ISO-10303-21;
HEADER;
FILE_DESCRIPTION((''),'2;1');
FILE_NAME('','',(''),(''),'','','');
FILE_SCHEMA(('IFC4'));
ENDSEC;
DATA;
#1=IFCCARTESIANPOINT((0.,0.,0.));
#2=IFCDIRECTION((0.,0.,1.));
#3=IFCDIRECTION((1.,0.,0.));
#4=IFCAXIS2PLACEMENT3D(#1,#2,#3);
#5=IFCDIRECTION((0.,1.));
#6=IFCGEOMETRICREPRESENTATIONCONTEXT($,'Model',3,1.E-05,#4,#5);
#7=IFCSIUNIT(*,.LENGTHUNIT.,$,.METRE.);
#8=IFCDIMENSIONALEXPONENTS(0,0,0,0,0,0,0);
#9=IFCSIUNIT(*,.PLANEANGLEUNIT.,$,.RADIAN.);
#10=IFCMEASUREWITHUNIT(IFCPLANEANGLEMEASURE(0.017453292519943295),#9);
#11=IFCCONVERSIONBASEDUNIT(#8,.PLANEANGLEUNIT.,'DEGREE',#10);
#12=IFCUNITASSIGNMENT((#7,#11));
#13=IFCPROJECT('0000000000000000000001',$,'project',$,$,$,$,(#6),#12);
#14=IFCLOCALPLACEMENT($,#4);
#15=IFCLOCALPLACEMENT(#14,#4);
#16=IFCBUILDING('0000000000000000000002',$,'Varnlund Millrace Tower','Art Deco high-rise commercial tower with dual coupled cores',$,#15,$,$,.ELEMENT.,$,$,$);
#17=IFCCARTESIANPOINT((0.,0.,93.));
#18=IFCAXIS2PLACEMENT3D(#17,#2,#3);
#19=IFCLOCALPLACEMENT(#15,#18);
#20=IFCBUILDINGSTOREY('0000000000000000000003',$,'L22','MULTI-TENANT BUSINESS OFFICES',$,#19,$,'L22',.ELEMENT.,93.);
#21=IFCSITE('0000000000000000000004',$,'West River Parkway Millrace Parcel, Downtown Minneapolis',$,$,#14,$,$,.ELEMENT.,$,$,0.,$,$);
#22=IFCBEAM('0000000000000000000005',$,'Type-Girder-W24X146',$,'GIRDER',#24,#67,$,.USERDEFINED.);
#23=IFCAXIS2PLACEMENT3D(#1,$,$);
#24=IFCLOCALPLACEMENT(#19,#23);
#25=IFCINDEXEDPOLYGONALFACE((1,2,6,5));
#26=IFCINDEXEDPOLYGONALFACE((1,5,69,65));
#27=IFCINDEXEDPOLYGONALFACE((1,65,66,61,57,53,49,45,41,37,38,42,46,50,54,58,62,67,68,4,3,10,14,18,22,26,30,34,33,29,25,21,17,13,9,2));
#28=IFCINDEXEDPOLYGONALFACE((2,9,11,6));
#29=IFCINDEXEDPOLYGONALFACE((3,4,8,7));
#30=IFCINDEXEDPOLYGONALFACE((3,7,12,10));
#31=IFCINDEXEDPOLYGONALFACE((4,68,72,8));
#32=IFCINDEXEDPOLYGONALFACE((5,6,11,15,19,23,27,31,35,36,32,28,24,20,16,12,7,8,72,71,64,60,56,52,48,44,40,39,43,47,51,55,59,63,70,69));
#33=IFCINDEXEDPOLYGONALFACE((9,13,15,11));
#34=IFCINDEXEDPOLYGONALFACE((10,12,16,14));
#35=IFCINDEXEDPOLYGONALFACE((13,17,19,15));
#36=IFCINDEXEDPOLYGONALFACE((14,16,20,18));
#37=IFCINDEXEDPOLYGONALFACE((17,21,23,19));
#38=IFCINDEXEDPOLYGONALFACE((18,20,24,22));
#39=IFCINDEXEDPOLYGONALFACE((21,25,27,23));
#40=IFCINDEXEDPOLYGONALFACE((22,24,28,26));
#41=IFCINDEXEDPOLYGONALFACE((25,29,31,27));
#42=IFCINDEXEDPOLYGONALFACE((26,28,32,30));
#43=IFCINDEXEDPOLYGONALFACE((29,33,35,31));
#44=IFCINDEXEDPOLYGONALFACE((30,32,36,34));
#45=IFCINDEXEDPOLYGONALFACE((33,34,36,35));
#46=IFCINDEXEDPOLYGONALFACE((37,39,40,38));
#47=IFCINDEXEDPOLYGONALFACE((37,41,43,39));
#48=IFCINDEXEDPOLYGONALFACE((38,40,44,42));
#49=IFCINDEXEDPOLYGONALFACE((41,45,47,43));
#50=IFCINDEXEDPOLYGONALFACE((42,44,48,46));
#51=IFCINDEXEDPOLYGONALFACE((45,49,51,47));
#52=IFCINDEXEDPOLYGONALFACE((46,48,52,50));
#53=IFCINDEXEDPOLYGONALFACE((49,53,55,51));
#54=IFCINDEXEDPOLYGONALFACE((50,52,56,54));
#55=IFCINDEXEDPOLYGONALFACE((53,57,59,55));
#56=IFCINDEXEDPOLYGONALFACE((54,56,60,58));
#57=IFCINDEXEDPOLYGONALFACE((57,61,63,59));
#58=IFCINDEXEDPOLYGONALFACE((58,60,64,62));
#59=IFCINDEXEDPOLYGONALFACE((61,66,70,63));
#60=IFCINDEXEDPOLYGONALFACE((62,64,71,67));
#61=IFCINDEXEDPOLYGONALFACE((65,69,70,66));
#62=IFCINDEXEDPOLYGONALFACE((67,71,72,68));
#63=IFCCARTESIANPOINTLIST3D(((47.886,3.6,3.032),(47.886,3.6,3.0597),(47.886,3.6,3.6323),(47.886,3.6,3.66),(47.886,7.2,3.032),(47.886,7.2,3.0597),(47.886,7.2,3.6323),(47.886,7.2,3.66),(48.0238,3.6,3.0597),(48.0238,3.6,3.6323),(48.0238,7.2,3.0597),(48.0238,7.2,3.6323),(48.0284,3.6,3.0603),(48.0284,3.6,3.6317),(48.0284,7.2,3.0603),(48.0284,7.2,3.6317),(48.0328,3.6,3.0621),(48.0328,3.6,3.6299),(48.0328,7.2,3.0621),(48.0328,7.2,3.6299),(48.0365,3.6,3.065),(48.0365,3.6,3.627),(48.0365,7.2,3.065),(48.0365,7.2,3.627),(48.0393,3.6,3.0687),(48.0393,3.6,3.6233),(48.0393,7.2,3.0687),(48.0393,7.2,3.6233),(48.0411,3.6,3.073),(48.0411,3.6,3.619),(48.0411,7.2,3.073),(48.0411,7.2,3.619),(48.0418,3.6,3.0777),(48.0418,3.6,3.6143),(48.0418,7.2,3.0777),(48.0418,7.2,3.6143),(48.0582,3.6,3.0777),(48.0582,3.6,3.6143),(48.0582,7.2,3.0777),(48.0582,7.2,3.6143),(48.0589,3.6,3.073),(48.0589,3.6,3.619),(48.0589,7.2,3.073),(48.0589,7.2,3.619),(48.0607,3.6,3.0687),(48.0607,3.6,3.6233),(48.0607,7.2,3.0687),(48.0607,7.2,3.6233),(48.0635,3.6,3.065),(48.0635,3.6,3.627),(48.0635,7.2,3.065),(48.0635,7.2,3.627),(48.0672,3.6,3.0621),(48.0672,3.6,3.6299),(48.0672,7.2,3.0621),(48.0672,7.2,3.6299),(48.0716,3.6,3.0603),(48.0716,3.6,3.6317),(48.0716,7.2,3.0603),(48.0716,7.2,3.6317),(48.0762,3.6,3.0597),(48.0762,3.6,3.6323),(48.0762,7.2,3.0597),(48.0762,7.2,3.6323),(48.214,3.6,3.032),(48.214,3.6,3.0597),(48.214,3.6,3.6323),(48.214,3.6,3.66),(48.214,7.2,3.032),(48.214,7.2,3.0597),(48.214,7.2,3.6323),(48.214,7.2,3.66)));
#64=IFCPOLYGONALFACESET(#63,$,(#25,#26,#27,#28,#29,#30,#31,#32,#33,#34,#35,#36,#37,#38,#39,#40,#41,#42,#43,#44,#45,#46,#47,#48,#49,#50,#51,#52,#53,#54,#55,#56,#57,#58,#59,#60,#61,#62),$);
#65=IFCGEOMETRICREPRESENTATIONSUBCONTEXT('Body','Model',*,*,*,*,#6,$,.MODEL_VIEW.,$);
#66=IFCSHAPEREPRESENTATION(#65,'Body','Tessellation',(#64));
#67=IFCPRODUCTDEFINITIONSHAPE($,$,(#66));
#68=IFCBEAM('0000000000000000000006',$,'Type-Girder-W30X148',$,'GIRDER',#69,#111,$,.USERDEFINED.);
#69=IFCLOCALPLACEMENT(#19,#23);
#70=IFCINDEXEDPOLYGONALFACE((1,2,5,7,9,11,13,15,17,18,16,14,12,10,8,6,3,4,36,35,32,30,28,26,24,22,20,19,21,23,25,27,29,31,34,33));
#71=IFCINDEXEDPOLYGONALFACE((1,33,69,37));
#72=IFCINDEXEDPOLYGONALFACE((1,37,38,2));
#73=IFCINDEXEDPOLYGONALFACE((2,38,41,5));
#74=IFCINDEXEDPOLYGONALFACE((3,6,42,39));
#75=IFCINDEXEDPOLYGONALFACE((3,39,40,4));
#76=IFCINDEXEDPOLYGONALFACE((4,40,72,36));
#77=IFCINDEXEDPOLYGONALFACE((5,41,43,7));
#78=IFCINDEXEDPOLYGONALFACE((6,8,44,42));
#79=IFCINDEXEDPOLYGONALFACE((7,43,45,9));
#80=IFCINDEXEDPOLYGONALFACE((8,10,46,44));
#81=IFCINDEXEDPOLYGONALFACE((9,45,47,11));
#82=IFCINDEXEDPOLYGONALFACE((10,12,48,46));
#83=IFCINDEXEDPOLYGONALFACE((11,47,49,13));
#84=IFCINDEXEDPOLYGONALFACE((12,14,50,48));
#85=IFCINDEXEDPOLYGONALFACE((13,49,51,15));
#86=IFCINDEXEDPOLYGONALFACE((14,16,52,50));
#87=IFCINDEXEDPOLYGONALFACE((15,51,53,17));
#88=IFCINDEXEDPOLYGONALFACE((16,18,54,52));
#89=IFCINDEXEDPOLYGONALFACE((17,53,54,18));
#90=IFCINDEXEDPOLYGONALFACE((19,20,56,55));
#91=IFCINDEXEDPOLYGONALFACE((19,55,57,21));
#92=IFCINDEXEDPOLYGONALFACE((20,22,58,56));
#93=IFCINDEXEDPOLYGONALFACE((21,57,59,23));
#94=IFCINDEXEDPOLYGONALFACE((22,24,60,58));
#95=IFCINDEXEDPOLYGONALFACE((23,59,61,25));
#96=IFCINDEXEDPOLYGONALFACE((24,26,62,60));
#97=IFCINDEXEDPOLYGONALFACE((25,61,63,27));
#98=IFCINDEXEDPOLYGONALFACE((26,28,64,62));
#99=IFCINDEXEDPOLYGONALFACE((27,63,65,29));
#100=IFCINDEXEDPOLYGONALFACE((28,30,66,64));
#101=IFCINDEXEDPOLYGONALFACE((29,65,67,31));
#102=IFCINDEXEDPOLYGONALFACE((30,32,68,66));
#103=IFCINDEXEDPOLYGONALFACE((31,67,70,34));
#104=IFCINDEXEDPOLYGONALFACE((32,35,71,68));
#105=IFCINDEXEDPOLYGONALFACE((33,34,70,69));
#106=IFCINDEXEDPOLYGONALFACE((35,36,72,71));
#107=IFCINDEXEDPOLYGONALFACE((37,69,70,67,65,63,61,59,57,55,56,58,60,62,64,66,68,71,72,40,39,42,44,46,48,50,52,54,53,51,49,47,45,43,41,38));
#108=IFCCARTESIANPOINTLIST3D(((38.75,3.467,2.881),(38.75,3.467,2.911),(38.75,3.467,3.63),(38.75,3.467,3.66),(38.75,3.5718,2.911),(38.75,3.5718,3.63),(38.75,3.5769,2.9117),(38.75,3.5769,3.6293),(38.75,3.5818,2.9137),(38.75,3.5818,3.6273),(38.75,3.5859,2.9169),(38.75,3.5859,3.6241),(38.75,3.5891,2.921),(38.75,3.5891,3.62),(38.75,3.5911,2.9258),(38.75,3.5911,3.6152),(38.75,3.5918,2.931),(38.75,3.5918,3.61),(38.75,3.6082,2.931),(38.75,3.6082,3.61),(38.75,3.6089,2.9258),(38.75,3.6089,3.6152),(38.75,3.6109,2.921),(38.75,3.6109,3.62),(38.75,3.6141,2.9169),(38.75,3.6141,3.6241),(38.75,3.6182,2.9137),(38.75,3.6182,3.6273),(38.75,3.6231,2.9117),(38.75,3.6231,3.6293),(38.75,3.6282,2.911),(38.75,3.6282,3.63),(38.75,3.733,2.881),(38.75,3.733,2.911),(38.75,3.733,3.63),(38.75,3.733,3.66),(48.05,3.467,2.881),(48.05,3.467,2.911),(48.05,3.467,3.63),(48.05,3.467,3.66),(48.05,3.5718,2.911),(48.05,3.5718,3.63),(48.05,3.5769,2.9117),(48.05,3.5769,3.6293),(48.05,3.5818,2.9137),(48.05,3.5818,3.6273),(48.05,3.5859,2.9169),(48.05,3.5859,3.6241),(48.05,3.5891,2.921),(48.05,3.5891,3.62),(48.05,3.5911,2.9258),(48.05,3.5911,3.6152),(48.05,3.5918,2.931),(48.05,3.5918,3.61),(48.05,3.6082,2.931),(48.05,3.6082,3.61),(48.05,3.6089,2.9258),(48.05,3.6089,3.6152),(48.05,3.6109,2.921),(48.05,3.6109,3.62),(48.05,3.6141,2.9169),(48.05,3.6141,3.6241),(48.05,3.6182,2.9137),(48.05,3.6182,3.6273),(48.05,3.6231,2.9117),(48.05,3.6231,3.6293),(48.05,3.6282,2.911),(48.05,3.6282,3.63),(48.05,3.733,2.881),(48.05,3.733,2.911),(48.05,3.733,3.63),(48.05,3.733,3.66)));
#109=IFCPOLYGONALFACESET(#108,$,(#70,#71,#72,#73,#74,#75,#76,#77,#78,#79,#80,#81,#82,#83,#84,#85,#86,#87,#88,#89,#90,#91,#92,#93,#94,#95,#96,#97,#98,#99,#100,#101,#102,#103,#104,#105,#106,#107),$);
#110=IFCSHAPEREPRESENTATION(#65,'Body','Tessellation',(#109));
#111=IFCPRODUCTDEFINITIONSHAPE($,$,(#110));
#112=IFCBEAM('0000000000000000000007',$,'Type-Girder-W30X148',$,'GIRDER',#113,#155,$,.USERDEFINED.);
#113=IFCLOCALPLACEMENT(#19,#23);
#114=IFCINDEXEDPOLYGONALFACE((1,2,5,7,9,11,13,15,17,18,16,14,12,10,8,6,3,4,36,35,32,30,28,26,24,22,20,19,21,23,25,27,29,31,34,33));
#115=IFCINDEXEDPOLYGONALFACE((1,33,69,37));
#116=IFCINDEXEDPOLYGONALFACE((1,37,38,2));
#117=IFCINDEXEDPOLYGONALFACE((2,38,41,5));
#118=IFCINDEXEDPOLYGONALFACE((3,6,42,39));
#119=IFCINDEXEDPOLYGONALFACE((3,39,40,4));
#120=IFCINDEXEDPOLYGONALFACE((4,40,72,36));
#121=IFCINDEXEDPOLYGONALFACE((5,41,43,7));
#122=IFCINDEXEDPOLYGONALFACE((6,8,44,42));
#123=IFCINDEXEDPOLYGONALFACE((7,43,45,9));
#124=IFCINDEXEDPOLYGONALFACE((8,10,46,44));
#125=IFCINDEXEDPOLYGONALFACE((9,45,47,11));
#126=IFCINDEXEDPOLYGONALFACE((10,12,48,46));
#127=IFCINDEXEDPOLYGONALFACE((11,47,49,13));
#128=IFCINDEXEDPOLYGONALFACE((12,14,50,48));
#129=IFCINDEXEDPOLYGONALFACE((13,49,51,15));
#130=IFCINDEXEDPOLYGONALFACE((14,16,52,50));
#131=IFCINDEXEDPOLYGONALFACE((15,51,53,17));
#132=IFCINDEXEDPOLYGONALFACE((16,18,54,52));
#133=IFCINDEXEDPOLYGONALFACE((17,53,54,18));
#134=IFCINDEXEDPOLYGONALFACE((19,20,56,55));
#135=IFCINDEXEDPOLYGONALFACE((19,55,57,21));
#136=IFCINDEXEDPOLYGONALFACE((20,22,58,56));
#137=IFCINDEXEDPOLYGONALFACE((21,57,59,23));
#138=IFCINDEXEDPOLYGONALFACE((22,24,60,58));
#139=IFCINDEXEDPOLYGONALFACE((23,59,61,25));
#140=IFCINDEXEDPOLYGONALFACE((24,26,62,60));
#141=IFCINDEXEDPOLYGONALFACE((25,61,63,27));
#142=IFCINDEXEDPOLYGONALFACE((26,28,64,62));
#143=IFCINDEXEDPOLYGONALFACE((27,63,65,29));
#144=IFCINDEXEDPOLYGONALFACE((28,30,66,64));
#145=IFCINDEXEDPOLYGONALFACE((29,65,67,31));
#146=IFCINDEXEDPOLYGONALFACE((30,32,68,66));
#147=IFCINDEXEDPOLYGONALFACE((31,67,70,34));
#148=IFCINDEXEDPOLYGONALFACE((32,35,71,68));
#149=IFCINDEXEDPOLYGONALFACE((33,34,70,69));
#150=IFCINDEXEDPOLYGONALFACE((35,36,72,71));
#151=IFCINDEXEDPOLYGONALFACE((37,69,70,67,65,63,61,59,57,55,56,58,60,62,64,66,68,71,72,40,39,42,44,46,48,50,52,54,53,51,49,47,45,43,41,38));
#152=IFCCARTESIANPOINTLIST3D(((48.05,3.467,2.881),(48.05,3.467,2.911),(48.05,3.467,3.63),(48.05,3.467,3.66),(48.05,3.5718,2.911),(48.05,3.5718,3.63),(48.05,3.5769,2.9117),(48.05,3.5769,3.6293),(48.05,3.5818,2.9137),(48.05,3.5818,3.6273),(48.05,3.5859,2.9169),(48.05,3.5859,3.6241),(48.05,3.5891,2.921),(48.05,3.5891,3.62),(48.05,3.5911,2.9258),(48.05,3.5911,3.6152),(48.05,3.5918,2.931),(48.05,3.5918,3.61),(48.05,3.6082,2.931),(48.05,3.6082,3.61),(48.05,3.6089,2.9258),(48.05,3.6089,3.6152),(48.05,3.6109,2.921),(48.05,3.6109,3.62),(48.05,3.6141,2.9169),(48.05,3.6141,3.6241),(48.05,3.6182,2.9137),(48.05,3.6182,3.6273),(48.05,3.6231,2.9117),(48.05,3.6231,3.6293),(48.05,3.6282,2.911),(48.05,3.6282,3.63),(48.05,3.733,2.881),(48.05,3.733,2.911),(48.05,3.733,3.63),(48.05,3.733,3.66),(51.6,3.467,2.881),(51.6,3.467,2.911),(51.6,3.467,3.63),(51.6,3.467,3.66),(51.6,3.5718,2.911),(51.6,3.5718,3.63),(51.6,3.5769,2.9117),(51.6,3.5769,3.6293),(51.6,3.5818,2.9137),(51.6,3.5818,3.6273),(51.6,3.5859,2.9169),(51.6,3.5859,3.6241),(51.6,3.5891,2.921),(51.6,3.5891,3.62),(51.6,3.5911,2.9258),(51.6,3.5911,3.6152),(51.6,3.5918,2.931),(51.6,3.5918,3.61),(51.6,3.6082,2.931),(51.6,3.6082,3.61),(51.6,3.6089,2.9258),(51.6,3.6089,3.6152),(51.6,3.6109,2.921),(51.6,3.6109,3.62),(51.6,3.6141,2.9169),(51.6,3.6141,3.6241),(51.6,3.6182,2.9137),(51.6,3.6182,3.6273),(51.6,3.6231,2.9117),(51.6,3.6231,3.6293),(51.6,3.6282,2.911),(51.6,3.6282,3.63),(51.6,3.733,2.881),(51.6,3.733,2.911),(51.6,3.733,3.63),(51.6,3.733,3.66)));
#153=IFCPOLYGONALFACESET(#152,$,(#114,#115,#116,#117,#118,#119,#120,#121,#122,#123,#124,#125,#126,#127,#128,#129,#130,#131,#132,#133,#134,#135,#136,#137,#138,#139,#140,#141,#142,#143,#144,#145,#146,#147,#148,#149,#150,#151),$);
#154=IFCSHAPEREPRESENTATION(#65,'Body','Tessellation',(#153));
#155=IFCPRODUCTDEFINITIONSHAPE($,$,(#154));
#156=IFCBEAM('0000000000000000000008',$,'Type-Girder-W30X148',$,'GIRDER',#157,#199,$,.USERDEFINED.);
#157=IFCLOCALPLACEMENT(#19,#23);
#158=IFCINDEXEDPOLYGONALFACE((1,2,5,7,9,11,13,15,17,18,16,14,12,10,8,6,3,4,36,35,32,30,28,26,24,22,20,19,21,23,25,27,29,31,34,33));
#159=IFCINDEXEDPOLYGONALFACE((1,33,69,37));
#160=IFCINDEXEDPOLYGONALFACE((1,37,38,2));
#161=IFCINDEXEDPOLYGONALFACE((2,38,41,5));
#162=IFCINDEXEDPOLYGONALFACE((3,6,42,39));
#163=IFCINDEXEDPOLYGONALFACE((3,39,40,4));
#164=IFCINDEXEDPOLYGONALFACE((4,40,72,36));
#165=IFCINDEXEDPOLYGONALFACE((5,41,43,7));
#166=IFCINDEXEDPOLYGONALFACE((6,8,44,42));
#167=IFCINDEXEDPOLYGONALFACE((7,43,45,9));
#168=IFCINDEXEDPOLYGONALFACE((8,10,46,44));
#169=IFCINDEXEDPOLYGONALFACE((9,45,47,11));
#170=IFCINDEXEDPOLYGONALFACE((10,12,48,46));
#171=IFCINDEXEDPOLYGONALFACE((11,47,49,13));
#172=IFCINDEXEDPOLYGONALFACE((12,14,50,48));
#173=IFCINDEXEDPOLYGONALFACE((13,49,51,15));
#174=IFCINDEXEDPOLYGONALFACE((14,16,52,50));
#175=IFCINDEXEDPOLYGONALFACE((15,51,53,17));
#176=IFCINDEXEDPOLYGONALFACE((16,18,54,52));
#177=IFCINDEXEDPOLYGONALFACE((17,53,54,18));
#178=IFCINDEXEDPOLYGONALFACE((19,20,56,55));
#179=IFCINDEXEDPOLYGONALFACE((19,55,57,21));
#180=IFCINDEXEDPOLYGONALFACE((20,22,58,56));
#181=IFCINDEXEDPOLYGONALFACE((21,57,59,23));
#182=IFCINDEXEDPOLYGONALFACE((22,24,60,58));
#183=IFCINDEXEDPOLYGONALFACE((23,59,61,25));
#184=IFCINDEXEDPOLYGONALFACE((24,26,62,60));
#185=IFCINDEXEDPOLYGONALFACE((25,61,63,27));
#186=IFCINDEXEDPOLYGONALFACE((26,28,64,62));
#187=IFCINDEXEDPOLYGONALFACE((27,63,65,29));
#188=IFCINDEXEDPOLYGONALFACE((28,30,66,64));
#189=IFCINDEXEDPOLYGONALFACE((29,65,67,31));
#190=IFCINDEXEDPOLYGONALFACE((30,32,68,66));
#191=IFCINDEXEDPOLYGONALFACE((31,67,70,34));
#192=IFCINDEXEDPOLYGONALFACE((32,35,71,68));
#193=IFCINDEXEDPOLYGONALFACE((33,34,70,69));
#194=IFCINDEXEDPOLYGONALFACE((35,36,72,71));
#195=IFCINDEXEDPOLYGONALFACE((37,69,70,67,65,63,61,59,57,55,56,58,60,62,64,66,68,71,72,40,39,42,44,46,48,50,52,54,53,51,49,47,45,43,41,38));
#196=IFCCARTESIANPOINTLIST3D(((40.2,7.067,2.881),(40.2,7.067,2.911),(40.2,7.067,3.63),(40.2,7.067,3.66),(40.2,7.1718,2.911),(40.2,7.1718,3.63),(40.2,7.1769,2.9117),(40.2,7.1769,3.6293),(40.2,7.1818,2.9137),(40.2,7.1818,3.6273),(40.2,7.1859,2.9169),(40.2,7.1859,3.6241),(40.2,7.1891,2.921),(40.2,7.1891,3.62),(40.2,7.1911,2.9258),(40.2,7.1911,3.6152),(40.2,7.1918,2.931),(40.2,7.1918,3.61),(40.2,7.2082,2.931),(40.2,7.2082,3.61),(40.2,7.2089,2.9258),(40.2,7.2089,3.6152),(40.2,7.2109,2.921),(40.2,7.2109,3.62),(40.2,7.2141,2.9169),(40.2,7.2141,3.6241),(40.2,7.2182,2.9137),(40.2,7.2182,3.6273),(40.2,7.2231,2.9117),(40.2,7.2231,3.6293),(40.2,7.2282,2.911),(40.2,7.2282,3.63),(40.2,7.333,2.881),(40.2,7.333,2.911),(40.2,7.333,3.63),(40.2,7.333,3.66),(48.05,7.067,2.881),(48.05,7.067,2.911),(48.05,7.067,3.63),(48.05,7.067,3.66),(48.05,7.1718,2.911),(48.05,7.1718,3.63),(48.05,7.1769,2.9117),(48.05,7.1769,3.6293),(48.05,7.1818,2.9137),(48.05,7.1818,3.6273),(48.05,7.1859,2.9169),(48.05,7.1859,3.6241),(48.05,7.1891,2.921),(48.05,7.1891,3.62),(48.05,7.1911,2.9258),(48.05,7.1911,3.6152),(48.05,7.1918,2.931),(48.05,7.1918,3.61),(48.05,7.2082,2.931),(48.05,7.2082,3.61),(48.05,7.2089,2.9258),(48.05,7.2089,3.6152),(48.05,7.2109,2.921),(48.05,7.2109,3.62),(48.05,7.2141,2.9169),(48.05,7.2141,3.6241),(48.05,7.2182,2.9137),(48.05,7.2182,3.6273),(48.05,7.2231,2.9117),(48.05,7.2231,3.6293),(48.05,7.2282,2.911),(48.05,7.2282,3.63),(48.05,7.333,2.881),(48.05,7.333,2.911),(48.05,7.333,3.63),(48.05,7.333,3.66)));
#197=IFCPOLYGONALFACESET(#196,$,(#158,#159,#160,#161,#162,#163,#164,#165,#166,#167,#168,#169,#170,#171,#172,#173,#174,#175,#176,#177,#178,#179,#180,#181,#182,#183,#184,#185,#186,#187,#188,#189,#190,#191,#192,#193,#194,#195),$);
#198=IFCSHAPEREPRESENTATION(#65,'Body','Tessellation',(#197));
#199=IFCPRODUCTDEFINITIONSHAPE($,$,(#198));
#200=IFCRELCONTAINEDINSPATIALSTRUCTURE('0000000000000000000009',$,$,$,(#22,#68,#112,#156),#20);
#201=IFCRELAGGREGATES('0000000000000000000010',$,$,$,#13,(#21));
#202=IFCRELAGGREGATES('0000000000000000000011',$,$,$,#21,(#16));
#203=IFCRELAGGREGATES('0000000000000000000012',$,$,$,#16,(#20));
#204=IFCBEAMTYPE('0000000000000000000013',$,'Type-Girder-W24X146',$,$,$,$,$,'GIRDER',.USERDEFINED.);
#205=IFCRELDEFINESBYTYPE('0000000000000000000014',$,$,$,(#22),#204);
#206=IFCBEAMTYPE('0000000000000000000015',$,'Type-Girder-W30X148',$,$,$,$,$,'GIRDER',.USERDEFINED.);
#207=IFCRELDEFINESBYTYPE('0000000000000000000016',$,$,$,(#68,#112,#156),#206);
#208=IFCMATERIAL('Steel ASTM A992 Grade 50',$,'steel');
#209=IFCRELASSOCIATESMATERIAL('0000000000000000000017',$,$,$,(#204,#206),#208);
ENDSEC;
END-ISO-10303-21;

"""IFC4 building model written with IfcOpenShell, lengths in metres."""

from ifc_helpers import new_model, entity, si_unit, converted_unit, direction, frame, origin_with_axes, origin_2d_with_axis, place, context, subcontext, project, spatial, i_section, extrude, material, material_profile, profile_set, type_object, element, save


model = new_model("IFC4")

# Units and contexts
model_context = context("Model", 3, precision=1e-05, world=origin_with_axes(), true_north=direction((0.0, 1.0)))
body_context = subcontext(model_context, "Body", "Model", "MODEL_VIEW")
ifc_project = project(units=[si_unit("LENGTHUNIT", "METRE"), converted_unit("PLANEANGLEUNIT", "DEGREE", entity("IfcPlaneAngleMeasure", 0.017453292519943295), si_unit("PLANEANGLEUNIT", "RADIAN"), dimensions=[0, 0, 0, 0, 0, 0, 0])], contexts=[model_context])

# Site, building, storey
site_placement = place(None, origin_with_axes())
site = spatial("IfcSite", under=ifc_project, at=site_placement, Name="West River Parkway Millrace Parcel, Downtown Minneapolis", CompositionType="ELEMENT", RefElevation=0.0)
building_placement = place(site_placement, origin_with_axes())
building = spatial("IfcBuilding", under=site, at=building_placement, Name="Varnlund Millrace Tower", Description="Art Deco high-rise commercial tower with dual coupled cores", CompositionType="ELEMENT")
storey_placement = place(building_placement, frame((0.0, 0.0, 93.0), z_axis=(0.0, 0.0, 1.0), x_axis=(1.0, 0.0, 0.0)))
storey = spatial("IfcBuildingStorey", under=building, at=storey_placement, Name="L22", Description="MULTI-TENANT BUSINESS OFFICES", LongName="L22", CompositionType="ELEMENT", Elevation=93.0)

# Beams
ifc_material_1 = material(Name="Steel ASTM A992 Grade 50", Category="steel")
ifc_material_profile_1 = material_profile(ifc_material_1, i_section(OverallWidth=0.328, OverallDepth=0.628, WebThickness=0.0165, FlangeThickness=0.0277, FilletRadius=0.018, at=origin_2d_with_axis()), Name="Steel ASTM A992 Grade 50")
ifc_profile_set_1 = profile_set([ifc_material_profile_1], Name="Steel ASTM A992 Grade 50")
beam_type_1 = type_object("IfcBeamType", Name="Type-Girder-W24X146", ElementType="GIRDER", PredefinedType="USERDEFINED", material=ifc_profile_set_1)
beam_1_placement = place(storey_placement, frame((48.05, 3.6, 3.346), z_axis=(0.0, 1.0, 0.0), x_axis=(-1.0, 0.0, 0.0)))
element("IfcBeam", 1, at=beam_1_placement, inside=storey, type_object=beam_type_1, Name="Type-Girder-W24X146", ObjectType="GIRDER", PredefinedType="USERDEFINED", context=body_context, shape_type="SweptSolid", body=[
    extrude(i_section(OverallWidth=0.328, OverallDepth=0.628, WebThickness=0.0165, FlangeThickness=0.0277, FilletRadius=0.018, at=origin_2d_with_axis()), origin_with_axes(), (0.0, 0.0, 1.0), 3.6),
])
ifc_material_profile_2 = material_profile(ifc_material_1, i_section(OverallWidth=0.266, OverallDepth=0.779, WebThickness=0.0165, FlangeThickness=0.03, FilletRadius=0.02, at=origin_2d_with_axis()), Name="Steel ASTM A992 Grade 50")
ifc_profile_set_2 = profile_set([ifc_material_profile_2], Name="Steel ASTM A992 Grade 50")
beam_type_2 = type_object("IfcBeamType", Name="Type-Girder-W30X148", ElementType="GIRDER", PredefinedType="USERDEFINED", material=ifc_profile_set_2)
beam_2_placement = place(storey_placement, frame((38.75, 3.6, 3.2705), z_axis=(1.0, 0.0, 0.0), x_axis=(0.0, 1.0, 0.0)))
element("IfcBeam", 2, at=beam_2_placement, inside=storey, type_object=beam_type_2, Name="Type-Girder-W30X148", ObjectType="GIRDER", PredefinedType="USERDEFINED", context=body_context, shape_type="SweptSolid", body=[
    extrude(i_section(OverallWidth=0.266, OverallDepth=0.779, WebThickness=0.0165, FlangeThickness=0.03, FilletRadius=0.02, at=origin_2d_with_axis()), origin_with_axes(), (0.0, 0.0, 1.0), 9.3),
])
beam_3_placement = place(storey_placement, frame((48.05, 3.6, 3.2705), z_axis=(1.0, 0.0, 0.0), x_axis=(0.0, 1.0, 0.0)))
element("IfcBeam", 3, at=beam_3_placement, inside=storey, type_object=beam_type_2, Name="Type-Girder-W30X148", ObjectType="GIRDER", PredefinedType="USERDEFINED", context=body_context, shape_type="SweptSolid", body=[
    extrude(i_section(OverallWidth=0.266, OverallDepth=0.779, WebThickness=0.0165, FlangeThickness=0.03, FilletRadius=0.02, at=origin_2d_with_axis()), origin_with_axes(), (0.0, 0.0, 1.0), 3.55),
])
beam_4_placement = place(storey_placement, frame((40.2, 7.2, 3.2705), z_axis=(1.0, 0.0, 0.0), x_axis=(0.0, 1.0, 0.0)))
element("IfcBeam", 4, at=beam_4_placement, inside=storey, type_object=beam_type_2, Name="Type-Girder-W30X148", ObjectType="GIRDER", PredefinedType="USERDEFINED", context=body_context, shape_type="SweptSolid", body=[
    extrude(i_section(OverallWidth=0.266, OverallDepth=0.779, WebThickness=0.0165, FlangeThickness=0.03, FilletRadius=0.02, at=origin_2d_with_axis()), origin_with_axes(), (0.0, 0.0, 1.0), 7.85),
])

save(model, "model.ifc")
